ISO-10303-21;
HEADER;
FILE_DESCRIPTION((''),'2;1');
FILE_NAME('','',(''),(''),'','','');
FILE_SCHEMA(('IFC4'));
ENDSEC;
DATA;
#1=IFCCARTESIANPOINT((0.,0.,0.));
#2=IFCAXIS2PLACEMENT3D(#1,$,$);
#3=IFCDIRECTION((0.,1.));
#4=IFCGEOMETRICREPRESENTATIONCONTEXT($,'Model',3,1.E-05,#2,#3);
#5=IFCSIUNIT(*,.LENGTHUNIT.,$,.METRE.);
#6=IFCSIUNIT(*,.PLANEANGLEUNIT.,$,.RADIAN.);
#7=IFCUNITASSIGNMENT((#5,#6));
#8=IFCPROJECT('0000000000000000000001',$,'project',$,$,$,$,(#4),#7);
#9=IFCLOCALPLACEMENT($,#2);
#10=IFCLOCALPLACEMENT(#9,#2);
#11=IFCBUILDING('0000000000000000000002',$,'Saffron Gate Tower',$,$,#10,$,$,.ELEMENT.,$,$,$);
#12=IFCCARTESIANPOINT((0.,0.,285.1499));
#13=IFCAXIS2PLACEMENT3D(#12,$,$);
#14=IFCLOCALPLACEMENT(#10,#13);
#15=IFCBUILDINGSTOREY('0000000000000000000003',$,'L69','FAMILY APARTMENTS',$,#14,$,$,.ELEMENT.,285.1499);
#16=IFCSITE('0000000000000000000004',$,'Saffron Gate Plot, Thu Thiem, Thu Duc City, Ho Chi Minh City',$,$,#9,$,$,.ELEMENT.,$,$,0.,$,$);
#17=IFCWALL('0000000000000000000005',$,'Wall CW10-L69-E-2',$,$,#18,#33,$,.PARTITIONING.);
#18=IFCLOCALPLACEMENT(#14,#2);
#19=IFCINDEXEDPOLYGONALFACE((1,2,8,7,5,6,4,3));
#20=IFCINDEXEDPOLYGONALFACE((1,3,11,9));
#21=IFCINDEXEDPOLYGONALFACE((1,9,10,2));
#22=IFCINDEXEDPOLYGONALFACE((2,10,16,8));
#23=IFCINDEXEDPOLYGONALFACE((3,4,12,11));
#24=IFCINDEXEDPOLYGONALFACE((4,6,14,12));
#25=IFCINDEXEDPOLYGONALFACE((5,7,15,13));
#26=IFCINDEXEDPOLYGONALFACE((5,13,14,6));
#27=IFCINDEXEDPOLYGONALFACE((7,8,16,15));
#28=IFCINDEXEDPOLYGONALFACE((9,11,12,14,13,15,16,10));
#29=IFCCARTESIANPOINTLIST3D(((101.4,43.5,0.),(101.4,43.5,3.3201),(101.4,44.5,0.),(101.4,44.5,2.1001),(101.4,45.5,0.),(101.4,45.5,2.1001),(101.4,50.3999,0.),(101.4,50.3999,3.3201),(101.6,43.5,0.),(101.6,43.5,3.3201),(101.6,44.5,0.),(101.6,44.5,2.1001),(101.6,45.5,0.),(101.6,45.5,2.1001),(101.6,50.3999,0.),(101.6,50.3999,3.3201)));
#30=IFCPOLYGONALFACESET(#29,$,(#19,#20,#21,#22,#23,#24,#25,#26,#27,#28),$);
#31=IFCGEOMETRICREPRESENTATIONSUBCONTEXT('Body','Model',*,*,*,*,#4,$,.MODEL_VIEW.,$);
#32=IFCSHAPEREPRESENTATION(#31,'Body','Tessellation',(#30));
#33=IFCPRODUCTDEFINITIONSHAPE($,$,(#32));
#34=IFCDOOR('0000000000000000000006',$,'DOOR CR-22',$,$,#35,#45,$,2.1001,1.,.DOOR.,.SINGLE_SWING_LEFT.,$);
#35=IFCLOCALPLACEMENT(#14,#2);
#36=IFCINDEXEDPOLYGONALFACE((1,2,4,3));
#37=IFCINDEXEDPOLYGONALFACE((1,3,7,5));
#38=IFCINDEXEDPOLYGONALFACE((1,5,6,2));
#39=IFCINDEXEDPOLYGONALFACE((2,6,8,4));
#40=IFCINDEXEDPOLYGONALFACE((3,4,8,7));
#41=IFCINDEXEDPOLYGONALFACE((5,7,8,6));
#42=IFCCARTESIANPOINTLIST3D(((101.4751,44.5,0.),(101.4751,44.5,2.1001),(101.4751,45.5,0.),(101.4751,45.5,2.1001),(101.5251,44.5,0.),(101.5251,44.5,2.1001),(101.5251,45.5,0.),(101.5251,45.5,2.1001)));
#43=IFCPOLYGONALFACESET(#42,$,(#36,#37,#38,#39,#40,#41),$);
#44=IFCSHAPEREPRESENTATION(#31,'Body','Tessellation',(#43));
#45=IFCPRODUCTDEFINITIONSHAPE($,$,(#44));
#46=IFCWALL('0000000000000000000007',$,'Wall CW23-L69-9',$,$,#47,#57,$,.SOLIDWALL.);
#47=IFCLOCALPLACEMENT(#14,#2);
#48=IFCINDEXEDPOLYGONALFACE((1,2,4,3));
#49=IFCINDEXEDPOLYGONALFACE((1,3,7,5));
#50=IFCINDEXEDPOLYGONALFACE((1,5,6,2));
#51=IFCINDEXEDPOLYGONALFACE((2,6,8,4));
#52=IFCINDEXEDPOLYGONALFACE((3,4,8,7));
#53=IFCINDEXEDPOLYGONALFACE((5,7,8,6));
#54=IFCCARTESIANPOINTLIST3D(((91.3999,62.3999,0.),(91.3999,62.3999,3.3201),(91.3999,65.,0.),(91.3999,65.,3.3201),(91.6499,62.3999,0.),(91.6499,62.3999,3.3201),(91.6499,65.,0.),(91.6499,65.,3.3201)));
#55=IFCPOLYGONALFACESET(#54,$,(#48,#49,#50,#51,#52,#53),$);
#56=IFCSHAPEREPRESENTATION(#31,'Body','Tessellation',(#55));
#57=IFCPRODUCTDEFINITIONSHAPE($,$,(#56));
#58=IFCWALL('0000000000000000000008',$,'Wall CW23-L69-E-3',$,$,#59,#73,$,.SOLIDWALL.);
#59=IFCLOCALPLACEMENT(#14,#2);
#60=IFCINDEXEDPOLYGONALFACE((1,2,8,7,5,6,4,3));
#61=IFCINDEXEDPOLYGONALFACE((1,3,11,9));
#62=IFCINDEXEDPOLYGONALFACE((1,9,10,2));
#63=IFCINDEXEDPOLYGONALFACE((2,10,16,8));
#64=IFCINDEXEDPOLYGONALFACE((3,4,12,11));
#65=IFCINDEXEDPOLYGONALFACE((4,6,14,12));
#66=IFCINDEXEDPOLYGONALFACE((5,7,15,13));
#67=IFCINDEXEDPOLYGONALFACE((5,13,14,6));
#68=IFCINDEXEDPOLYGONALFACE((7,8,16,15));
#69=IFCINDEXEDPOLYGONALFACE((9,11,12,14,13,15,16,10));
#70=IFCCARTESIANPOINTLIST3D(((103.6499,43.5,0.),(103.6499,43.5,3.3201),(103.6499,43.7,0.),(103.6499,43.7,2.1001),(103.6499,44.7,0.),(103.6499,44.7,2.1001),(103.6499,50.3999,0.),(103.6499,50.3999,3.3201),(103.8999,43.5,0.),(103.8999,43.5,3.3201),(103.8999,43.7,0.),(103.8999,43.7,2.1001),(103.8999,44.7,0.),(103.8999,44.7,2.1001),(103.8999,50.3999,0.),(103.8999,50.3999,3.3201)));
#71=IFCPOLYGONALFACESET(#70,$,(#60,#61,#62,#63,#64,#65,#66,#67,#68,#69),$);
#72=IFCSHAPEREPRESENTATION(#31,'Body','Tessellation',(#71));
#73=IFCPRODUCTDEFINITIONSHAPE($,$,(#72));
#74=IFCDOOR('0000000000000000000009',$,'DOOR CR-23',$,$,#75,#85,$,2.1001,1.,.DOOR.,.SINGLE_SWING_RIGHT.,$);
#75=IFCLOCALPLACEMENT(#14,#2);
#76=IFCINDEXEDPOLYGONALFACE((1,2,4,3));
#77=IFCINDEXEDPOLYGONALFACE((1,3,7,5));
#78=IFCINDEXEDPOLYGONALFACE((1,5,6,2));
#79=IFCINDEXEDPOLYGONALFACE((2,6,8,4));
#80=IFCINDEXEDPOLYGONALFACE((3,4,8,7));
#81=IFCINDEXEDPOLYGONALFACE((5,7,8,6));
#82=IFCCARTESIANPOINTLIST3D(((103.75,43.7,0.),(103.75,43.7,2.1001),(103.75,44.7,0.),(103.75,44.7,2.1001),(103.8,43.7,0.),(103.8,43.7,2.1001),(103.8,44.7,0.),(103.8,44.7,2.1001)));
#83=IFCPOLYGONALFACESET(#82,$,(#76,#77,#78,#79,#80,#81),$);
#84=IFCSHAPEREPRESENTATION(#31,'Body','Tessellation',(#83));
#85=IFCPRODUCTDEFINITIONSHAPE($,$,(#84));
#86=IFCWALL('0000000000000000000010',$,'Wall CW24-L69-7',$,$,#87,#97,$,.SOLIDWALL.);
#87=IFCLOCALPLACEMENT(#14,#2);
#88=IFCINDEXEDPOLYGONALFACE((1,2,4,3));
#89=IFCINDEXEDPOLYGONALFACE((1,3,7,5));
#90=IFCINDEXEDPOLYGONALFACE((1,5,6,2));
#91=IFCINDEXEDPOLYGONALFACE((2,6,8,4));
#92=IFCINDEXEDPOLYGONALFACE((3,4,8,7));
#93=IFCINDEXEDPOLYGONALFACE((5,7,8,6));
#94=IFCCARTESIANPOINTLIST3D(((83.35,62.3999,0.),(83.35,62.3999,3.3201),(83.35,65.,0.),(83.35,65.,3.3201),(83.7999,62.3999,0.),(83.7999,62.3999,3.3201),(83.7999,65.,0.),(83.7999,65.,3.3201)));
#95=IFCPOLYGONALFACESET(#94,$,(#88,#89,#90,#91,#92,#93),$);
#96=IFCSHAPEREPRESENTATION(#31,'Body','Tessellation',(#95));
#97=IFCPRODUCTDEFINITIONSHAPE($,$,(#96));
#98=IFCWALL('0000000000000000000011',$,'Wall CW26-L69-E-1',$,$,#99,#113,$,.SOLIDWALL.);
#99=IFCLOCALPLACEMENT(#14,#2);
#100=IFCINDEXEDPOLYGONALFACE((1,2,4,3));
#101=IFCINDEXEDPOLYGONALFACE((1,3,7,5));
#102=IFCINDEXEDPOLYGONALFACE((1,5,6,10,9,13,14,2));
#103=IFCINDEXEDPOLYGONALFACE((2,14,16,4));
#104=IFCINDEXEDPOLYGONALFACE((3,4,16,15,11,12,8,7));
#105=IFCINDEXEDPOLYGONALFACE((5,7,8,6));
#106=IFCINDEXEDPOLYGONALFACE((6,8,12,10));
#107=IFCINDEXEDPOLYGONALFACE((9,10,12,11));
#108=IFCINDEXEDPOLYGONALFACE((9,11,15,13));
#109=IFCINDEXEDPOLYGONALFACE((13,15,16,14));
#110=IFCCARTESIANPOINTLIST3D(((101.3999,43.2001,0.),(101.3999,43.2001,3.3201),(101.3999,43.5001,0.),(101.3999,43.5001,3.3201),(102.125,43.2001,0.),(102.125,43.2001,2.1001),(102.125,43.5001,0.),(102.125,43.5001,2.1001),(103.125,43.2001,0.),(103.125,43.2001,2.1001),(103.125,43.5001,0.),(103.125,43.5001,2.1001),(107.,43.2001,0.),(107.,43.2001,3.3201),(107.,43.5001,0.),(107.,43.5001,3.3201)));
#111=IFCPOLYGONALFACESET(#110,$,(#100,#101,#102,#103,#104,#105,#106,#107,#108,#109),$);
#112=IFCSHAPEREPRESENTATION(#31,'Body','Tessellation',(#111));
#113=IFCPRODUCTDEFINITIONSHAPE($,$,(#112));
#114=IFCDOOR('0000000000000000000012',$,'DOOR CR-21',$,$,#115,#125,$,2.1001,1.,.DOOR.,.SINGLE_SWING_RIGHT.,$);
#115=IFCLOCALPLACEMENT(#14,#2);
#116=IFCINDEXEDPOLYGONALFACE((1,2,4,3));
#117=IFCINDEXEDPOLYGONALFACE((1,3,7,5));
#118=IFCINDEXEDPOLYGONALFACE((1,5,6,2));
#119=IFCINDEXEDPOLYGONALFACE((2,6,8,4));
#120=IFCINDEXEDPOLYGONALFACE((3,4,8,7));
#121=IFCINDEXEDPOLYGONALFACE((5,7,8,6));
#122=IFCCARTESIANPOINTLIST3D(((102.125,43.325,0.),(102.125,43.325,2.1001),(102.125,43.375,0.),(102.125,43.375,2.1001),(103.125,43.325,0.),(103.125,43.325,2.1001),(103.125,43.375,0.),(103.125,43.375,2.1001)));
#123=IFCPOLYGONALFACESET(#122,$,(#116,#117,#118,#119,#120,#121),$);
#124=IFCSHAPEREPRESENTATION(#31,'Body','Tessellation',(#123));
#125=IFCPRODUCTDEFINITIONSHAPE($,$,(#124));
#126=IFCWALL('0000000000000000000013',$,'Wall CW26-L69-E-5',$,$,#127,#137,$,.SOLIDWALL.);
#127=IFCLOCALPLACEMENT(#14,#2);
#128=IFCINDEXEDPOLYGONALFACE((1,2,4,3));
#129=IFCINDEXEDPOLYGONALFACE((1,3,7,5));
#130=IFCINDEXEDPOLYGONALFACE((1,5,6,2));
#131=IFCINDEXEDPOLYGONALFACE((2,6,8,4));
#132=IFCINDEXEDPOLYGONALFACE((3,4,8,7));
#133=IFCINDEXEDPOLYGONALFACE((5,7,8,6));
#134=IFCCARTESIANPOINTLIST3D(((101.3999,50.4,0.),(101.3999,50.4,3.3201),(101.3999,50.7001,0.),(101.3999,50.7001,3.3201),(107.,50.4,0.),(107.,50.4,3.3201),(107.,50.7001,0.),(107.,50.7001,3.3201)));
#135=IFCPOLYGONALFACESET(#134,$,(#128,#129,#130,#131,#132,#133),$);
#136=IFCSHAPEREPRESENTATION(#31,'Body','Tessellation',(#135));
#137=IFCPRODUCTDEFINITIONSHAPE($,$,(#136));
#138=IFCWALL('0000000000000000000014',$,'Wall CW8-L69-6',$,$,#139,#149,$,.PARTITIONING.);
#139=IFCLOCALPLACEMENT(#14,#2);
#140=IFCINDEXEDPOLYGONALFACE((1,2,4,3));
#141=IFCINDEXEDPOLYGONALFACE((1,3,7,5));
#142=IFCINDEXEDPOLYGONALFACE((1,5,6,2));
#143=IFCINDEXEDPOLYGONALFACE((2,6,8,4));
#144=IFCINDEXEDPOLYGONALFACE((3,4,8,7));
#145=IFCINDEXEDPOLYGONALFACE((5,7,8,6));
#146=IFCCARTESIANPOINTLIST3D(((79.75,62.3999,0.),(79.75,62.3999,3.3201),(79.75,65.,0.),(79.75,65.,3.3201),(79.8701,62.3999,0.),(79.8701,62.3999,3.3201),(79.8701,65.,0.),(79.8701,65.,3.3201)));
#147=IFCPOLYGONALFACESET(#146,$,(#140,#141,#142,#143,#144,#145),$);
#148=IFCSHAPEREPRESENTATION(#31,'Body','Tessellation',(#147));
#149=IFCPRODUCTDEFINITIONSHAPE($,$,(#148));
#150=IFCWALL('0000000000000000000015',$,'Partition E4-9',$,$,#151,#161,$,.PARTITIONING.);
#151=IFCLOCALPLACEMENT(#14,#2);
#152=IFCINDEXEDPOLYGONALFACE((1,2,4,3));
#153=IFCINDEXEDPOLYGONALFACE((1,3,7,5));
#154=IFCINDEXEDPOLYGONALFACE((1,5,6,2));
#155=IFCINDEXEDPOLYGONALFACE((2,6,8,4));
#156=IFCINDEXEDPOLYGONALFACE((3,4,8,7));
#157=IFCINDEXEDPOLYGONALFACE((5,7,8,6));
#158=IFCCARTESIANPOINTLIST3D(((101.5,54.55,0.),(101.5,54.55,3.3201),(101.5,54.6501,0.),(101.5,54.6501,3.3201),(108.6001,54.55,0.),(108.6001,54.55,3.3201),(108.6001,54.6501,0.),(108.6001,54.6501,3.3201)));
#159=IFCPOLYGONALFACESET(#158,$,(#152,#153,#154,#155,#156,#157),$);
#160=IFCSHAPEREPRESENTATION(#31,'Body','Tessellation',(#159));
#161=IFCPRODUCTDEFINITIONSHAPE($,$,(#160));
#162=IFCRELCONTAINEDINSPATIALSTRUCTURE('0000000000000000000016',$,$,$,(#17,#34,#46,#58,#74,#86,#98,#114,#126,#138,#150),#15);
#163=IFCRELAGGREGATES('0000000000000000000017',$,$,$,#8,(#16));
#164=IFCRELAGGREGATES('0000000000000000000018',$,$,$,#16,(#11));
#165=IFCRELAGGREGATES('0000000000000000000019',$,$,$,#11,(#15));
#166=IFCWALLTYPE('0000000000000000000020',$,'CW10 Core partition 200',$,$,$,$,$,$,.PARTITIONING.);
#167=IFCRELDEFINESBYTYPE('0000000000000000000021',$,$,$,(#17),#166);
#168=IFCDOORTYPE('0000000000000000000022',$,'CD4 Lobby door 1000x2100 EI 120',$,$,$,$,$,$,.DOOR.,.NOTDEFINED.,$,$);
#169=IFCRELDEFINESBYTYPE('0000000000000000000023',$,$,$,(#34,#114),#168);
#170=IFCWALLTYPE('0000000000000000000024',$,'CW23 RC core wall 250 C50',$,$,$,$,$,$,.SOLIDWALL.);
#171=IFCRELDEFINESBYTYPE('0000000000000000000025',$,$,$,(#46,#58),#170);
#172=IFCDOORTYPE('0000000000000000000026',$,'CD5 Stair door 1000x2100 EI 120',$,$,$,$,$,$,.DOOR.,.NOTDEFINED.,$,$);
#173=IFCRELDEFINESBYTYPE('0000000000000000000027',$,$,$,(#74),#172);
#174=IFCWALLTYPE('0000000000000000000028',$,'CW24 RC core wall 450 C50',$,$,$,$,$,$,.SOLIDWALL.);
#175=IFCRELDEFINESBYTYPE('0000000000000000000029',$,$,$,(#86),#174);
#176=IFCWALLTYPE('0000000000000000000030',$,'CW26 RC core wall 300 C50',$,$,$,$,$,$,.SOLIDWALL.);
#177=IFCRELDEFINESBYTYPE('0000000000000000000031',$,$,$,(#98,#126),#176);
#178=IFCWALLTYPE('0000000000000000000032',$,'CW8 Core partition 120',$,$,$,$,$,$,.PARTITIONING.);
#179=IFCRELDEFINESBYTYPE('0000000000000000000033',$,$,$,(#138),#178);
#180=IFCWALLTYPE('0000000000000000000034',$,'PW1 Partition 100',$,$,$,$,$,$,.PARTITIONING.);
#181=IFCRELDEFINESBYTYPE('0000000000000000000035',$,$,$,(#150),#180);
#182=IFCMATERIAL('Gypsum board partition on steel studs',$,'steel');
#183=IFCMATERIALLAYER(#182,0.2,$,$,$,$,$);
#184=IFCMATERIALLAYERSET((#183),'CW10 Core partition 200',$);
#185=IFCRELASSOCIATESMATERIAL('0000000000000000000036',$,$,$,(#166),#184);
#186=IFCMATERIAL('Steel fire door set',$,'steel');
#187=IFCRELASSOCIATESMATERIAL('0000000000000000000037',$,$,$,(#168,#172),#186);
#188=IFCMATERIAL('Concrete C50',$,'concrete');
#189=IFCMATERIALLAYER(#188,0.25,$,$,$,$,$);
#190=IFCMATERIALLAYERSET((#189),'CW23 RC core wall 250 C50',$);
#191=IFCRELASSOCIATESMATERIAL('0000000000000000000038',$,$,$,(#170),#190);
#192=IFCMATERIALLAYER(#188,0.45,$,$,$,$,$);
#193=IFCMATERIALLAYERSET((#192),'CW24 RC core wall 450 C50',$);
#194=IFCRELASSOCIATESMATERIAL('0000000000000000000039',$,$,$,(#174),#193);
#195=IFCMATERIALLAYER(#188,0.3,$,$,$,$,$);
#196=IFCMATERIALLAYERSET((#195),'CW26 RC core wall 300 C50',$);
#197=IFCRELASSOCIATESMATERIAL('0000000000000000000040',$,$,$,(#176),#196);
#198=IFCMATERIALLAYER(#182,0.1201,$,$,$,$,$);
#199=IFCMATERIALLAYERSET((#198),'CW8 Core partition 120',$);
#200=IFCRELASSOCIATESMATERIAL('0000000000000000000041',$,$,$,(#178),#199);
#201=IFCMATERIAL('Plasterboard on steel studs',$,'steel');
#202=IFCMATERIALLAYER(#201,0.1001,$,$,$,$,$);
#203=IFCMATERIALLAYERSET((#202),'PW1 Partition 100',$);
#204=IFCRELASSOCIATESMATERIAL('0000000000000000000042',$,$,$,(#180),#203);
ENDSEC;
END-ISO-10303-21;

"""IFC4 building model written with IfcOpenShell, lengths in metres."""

from ifc_helpers import new_model, si_unit, direction, frame, frame_2d, origin, place, context, subcontext, project, spatial, rectangle, extrude, material, layer, layer_set, type_object, element, fill, save


model = new_model("IFC4")

# Units and contexts
model_context = context("Model", 3, precision=1e-05, world=origin(), true_north=direction((0.0, 1.0)))
body_context = subcontext(model_context, "Body", "Model", "MODEL_VIEW")
ifc_project = project(units=[si_unit("LENGTHUNIT", "METRE"), si_unit("PLANEANGLEUNIT", "RADIAN")], contexts=[model_context])

# Site, building, storey
site_placement = place(None, origin())
site = spatial("IfcSite", under=ifc_project, at=site_placement, Name="Saffron Gate Plot, Thu Thiem, Thu Duc City, Ho Chi Minh City", CompositionType="ELEMENT", RefElevation=0.0)
building_placement = place(site_placement, origin())
building = spatial("IfcBuilding", under=site, at=building_placement, Name="Saffron Gate Tower", CompositionType="ELEMENT")
storey_placement = place(building_placement, frame((0.0, 0.0, 285.1499)))
storey = spatial("IfcBuildingStorey", under=building, at=storey_placement, Name="L69", Description="FAMILY APARTMENTS", CompositionType="ELEMENT", Elevation=285.1499)

# Shared definitions
ifc_material_1 = material(Name="Gypsum board partition on steel studs", Category="steel")
ifc_layer_1 = layer(ifc_material_1, 0.2)
ifc_layer_set_1 = layer_set([ifc_layer_1], Name="CW10 Core partition 200")
wall_type_1 = type_object("IfcWallType", Name="CW10 Core partition 200", PredefinedType="PARTITIONING", material=ifc_layer_set_1)

# Wall, opening, door
wall_1_placement = place(storey_placement, frame((101.5, 43.5, 0.0), z_axis=(0.0, 0.0, 1.0), x_axis=(0.0, 1.0, 0.0)))
wall_1 = element("IfcWall", 1, at=wall_1_placement, inside=storey, type_object=wall_type_1, Name="Wall CW10-L69-E-2", PredefinedType="PARTITIONING", context=body_context, shape_type="SweptSolid", body=[
    extrude(rectangle(XDim=6.8999, YDim=0.2, at=frame_2d((3.45, 0.0))), origin(), (0.0, 0.0, 1.0), 3.3201),
])
opening_1_placement = place(wall_1_placement, frame((1.0, 0.0, 0.0)))
opening_1 = element("IfcOpeningElement", 2, at=opening_1_placement, cuts=wall_1, PredefinedType="OPENING", context=body_context, shape_type="SweptSolid", body=[
    extrude(rectangle(XDim=1.0, YDim=2.1001, at=frame_2d((0.5, 1.05))), frame((0.0, 0.1099, 0.0), z_axis=(0.0, -1.0, 0.0), x_axis=(1.0, 0.0, 0.0)), (0.0, 0.0, 1.0), 0.22),
])
ifc_material_2 = material(Name="Steel fire door set", Category="steel")
door_type_1 = type_object("IfcDoorType", Name="CD4 Lobby door 1000x2100 EI 120", OperationType="NOTDEFINED", PredefinedType="DOOR", material=ifc_material_2)
door_1_placement = place(opening_1_placement, origin())
door_1 = element("IfcDoor", 3, at=door_1_placement, inside=storey, type_object=door_type_1, Name="DOOR CR-22", OperationType="SINGLE_SWING_LEFT", OverallHeight=2.1001, OverallWidth=1.0, PredefinedType="DOOR", context=body_context, shape_type="SweptSolid", body=[
    extrude(rectangle(XDim=1.0, YDim=2.1001, at=frame_2d((0.5, 1.05))), frame((0.0, 0.0249, 0.0), z_axis=(0.0, -1.0, 0.0), x_axis=(1.0, 0.0, 0.0)), (0.0, 0.0, 1.0), 0.05),
])
fill(opening_1, door_1)

# Wall
ifc_material_3 = material(Name="Concrete C50", Category="concrete")
ifc_layer_2 = layer(ifc_material_3, 0.25)
ifc_layer_set_2 = layer_set([ifc_layer_2], Name="CW23 RC core wall 250 C50")
wall_type_2 = type_object("IfcWallType", Name="CW23 RC core wall 250 C50", PredefinedType="SOLIDWALL", material=ifc_layer_set_2)
wall_2_placement = place(storey_placement, frame((91.5249, 62.3999, 0.0), z_axis=(0.0, 0.0, 1.0), x_axis=(0.0, 1.0, 0.0)))
element("IfcWall", 4, at=wall_2_placement, inside=storey, type_object=wall_type_2, Name="Wall CW23-L69-9", PredefinedType="SOLIDWALL", context=body_context, shape_type="SweptSolid", body=[
    extrude(rectangle(XDim=2.6001, YDim=0.25, at=frame_2d((1.3, 0.0))), origin(), (0.0, 0.0, 1.0), 3.3201),
])

# Wall, opening, door
wall_3_placement = place(storey_placement, frame((103.7749, 43.5, 0.0), z_axis=(0.0, 0.0, 1.0), x_axis=(0.0, 1.0, 0.0)))
wall_3 = element("IfcWall", 5, at=wall_3_placement, inside=storey, type_object=wall_type_2, Name="Wall CW23-L69-E-3", PredefinedType="SOLIDWALL", context=body_context, shape_type="SweptSolid", body=[
    extrude(rectangle(XDim=6.8999, YDim=0.25, at=frame_2d((3.45, 0.0))), origin(), (0.0, 0.0, 1.0), 3.3201),
])
opening_2_placement = place(wall_3_placement, frame((0.2, 0.0, 0.0)))
opening_2 = element("IfcOpeningElement", 6, at=opening_2_placement, cuts=wall_3, PredefinedType="OPENING", context=body_context, shape_type="SweptSolid", body=[
    extrude(rectangle(XDim=1.0, YDim=2.1001, at=frame_2d((0.5, 1.05))), frame((0.0, 0.135, 0.0), z_axis=(0.0, -1.0, 0.0), x_axis=(1.0, 0.0, 0.0)), (0.0, 0.0, 1.0), 0.27),
])
door_type_2 = type_object("IfcDoorType", Name="CD5 Stair door 1000x2100 EI 120", OperationType="NOTDEFINED", PredefinedType="DOOR", material=ifc_material_2)
door_2_placement = place(opening_2_placement, origin())
door_2 = element("IfcDoor", 7, at=door_2_placement, inside=storey, type_object=door_type_2, Name="DOOR CR-23", OperationType="SINGLE_SWING_RIGHT", OverallHeight=2.1001, OverallWidth=1.0, PredefinedType="DOOR", context=body_context, shape_type="SweptSolid", body=[
    extrude(rectangle(XDim=1.0, YDim=2.1001, at=frame_2d((0.5, 1.05))), frame((0.0, 0.0249, 0.0), z_axis=(0.0, -1.0, 0.0), x_axis=(1.0, 0.0, 0.0)), (0.0, 0.0, 1.0), 0.05),
])
fill(opening_2, door_2)

# Wall
ifc_layer_3 = layer(ifc_material_3, 0.45)
ifc_layer_set_3 = layer_set([ifc_layer_3], Name="CW24 RC core wall 450 C50")
wall_type_3 = type_object("IfcWallType", Name="CW24 RC core wall 450 C50", PredefinedType="SOLIDWALL", material=ifc_layer_set_3)
wall_4_placement = place(storey_placement, frame((83.575, 62.3999, 0.0), z_axis=(0.0, 0.0, 1.0), x_axis=(0.0, 1.0, 0.0)))
element("IfcWall", 8, at=wall_4_placement, inside=storey, type_object=wall_type_3, Name="Wall CW24-L69-7", PredefinedType="SOLIDWALL", context=body_context, shape_type="SweptSolid", body=[
    extrude(rectangle(XDim=2.6001, YDim=0.45, at=frame_2d((1.3, 0.0))), origin(), (0.0, 0.0, 1.0), 3.3201),
])

# Wall, opening, door
ifc_layer_4 = layer(ifc_material_3, 0.3)
ifc_layer_set_4 = layer_set([ifc_layer_4], Name="CW26 RC core wall 300 C50")
wall_type_4 = type_object("IfcWallType", Name="CW26 RC core wall 300 C50", PredefinedType="SOLIDWALL", material=ifc_layer_set_4)
wall_5_placement = place(storey_placement, frame((101.3999, 43.3501, 0.0), z_axis=(0.0, 0.0, 1.0), x_axis=(1.0, 0.0, 0.0)))
wall_5 = element("IfcWall", 9, at=wall_5_placement, inside=storey, type_object=wall_type_4, Name="Wall CW26-L69-E-1", PredefinedType="SOLIDWALL", context=body_context, shape_type="SweptSolid", body=[
    extrude(rectangle(XDim=5.6001, YDim=0.3, at=frame_2d((2.8, 0.0))), origin(), (0.0, 0.0, 1.0), 3.3201),
])
opening_3_placement = place(wall_5_placement, frame((0.7251, 0.0, 0.0)))
opening_3 = element("IfcOpeningElement", 10, at=opening_3_placement, cuts=wall_5, PredefinedType="OPENING", context=body_context, shape_type="SweptSolid", body=[
    extrude(rectangle(XDim=1.0, YDim=2.1001, at=frame_2d((0.5, 1.05))), frame((0.0, 0.1602, 0.0), z_axis=(0.0, -1.0, 0.0), x_axis=(1.0, 0.0, 0.0)), (0.0, 0.0, 1.0), 0.3201),
])
door_3_placement = place(opening_3_placement, origin())
door_3 = element("IfcDoor", 11, at=door_3_placement, inside=storey, type_object=door_type_1, Name="DOOR CR-21", OperationType="SINGLE_SWING_RIGHT", OverallHeight=2.1001, OverallWidth=1.0, PredefinedType="DOOR", context=body_context, shape_type="SweptSolid", body=[
    extrude(rectangle(XDim=1.0, YDim=2.1001, at=frame_2d((0.5, 1.05))), frame((0.0, 0.0249, 0.0), z_axis=(0.0, -1.0, 0.0), x_axis=(1.0, 0.0, 0.0)), (0.0, 0.0, 1.0), 0.05),
])
fill(opening_3, door_3)

# Walls
wall_6_placement = place(storey_placement, frame((101.3999, 50.55, 0.0), z_axis=(0.0, 0.0, 1.0), x_axis=(1.0, 0.0, 0.0)))
element("IfcWall", 12, at=wall_6_placement, inside=storey, type_object=wall_type_4, Name="Wall CW26-L69-E-5", PredefinedType="SOLIDWALL", context=body_context, shape_type="SweptSolid", body=[
    extrude(rectangle(XDim=5.6001, YDim=0.3, at=frame_2d((2.8, 0.0))), origin(), (0.0, 0.0, 1.0), 3.3201),
])
ifc_layer_5 = layer(ifc_material_1, 0.1201)
ifc_layer_set_5 = layer_set([ifc_layer_5], Name="CW8 Core partition 120")
wall_type_5 = type_object("IfcWallType", Name="CW8 Core partition 120", PredefinedType="PARTITIONING", material=ifc_layer_set_5)
wall_7_placement = place(storey_placement, frame((79.8101, 62.3999, 0.0), z_axis=(0.0, 0.0, 1.0), x_axis=(0.0, 1.0, 0.0)))
element("IfcWall", 13, at=wall_7_placement, inside=storey, type_object=wall_type_5, Name="Wall CW8-L69-6", PredefinedType="PARTITIONING", context=body_context, shape_type="SweptSolid", body=[
    extrude(rectangle(XDim=2.6001, YDim=0.1201, at=frame_2d((1.3, 0.0))), origin(), (0.0, 0.0, 1.0), 3.3201),
])
ifc_material_4 = material(Name="Plasterboard on steel studs", Category="steel")
ifc_layer_6 = layer(ifc_material_4, 0.1001)
ifc_layer_set_6 = layer_set([ifc_layer_6], Name="PW1 Partition 100")
wall_type_6 = type_object("IfcWallType", Name="PW1 Partition 100", PredefinedType="PARTITIONING", material=ifc_layer_set_6)
wall_8_placement = place(storey_placement, frame((101.5, 54.6001, 0.0), z_axis=(0.0, 0.0, 1.0), x_axis=(1.0, 0.0, 0.0)))
element("IfcWall", 14, at=wall_8_placement, inside=storey, type_object=wall_type_6, Name="Partition E4-9", PredefinedType="PARTITIONING", context=body_context, shape_type="SweptSolid", body=[
    extrude(rectangle(XDim=7.1001, YDim=0.1001, at=frame_2d((3.55, 0.0))), origin(), (0.0, 0.0, 1.0), 3.3201),
])

save(model, "model.ifc")
